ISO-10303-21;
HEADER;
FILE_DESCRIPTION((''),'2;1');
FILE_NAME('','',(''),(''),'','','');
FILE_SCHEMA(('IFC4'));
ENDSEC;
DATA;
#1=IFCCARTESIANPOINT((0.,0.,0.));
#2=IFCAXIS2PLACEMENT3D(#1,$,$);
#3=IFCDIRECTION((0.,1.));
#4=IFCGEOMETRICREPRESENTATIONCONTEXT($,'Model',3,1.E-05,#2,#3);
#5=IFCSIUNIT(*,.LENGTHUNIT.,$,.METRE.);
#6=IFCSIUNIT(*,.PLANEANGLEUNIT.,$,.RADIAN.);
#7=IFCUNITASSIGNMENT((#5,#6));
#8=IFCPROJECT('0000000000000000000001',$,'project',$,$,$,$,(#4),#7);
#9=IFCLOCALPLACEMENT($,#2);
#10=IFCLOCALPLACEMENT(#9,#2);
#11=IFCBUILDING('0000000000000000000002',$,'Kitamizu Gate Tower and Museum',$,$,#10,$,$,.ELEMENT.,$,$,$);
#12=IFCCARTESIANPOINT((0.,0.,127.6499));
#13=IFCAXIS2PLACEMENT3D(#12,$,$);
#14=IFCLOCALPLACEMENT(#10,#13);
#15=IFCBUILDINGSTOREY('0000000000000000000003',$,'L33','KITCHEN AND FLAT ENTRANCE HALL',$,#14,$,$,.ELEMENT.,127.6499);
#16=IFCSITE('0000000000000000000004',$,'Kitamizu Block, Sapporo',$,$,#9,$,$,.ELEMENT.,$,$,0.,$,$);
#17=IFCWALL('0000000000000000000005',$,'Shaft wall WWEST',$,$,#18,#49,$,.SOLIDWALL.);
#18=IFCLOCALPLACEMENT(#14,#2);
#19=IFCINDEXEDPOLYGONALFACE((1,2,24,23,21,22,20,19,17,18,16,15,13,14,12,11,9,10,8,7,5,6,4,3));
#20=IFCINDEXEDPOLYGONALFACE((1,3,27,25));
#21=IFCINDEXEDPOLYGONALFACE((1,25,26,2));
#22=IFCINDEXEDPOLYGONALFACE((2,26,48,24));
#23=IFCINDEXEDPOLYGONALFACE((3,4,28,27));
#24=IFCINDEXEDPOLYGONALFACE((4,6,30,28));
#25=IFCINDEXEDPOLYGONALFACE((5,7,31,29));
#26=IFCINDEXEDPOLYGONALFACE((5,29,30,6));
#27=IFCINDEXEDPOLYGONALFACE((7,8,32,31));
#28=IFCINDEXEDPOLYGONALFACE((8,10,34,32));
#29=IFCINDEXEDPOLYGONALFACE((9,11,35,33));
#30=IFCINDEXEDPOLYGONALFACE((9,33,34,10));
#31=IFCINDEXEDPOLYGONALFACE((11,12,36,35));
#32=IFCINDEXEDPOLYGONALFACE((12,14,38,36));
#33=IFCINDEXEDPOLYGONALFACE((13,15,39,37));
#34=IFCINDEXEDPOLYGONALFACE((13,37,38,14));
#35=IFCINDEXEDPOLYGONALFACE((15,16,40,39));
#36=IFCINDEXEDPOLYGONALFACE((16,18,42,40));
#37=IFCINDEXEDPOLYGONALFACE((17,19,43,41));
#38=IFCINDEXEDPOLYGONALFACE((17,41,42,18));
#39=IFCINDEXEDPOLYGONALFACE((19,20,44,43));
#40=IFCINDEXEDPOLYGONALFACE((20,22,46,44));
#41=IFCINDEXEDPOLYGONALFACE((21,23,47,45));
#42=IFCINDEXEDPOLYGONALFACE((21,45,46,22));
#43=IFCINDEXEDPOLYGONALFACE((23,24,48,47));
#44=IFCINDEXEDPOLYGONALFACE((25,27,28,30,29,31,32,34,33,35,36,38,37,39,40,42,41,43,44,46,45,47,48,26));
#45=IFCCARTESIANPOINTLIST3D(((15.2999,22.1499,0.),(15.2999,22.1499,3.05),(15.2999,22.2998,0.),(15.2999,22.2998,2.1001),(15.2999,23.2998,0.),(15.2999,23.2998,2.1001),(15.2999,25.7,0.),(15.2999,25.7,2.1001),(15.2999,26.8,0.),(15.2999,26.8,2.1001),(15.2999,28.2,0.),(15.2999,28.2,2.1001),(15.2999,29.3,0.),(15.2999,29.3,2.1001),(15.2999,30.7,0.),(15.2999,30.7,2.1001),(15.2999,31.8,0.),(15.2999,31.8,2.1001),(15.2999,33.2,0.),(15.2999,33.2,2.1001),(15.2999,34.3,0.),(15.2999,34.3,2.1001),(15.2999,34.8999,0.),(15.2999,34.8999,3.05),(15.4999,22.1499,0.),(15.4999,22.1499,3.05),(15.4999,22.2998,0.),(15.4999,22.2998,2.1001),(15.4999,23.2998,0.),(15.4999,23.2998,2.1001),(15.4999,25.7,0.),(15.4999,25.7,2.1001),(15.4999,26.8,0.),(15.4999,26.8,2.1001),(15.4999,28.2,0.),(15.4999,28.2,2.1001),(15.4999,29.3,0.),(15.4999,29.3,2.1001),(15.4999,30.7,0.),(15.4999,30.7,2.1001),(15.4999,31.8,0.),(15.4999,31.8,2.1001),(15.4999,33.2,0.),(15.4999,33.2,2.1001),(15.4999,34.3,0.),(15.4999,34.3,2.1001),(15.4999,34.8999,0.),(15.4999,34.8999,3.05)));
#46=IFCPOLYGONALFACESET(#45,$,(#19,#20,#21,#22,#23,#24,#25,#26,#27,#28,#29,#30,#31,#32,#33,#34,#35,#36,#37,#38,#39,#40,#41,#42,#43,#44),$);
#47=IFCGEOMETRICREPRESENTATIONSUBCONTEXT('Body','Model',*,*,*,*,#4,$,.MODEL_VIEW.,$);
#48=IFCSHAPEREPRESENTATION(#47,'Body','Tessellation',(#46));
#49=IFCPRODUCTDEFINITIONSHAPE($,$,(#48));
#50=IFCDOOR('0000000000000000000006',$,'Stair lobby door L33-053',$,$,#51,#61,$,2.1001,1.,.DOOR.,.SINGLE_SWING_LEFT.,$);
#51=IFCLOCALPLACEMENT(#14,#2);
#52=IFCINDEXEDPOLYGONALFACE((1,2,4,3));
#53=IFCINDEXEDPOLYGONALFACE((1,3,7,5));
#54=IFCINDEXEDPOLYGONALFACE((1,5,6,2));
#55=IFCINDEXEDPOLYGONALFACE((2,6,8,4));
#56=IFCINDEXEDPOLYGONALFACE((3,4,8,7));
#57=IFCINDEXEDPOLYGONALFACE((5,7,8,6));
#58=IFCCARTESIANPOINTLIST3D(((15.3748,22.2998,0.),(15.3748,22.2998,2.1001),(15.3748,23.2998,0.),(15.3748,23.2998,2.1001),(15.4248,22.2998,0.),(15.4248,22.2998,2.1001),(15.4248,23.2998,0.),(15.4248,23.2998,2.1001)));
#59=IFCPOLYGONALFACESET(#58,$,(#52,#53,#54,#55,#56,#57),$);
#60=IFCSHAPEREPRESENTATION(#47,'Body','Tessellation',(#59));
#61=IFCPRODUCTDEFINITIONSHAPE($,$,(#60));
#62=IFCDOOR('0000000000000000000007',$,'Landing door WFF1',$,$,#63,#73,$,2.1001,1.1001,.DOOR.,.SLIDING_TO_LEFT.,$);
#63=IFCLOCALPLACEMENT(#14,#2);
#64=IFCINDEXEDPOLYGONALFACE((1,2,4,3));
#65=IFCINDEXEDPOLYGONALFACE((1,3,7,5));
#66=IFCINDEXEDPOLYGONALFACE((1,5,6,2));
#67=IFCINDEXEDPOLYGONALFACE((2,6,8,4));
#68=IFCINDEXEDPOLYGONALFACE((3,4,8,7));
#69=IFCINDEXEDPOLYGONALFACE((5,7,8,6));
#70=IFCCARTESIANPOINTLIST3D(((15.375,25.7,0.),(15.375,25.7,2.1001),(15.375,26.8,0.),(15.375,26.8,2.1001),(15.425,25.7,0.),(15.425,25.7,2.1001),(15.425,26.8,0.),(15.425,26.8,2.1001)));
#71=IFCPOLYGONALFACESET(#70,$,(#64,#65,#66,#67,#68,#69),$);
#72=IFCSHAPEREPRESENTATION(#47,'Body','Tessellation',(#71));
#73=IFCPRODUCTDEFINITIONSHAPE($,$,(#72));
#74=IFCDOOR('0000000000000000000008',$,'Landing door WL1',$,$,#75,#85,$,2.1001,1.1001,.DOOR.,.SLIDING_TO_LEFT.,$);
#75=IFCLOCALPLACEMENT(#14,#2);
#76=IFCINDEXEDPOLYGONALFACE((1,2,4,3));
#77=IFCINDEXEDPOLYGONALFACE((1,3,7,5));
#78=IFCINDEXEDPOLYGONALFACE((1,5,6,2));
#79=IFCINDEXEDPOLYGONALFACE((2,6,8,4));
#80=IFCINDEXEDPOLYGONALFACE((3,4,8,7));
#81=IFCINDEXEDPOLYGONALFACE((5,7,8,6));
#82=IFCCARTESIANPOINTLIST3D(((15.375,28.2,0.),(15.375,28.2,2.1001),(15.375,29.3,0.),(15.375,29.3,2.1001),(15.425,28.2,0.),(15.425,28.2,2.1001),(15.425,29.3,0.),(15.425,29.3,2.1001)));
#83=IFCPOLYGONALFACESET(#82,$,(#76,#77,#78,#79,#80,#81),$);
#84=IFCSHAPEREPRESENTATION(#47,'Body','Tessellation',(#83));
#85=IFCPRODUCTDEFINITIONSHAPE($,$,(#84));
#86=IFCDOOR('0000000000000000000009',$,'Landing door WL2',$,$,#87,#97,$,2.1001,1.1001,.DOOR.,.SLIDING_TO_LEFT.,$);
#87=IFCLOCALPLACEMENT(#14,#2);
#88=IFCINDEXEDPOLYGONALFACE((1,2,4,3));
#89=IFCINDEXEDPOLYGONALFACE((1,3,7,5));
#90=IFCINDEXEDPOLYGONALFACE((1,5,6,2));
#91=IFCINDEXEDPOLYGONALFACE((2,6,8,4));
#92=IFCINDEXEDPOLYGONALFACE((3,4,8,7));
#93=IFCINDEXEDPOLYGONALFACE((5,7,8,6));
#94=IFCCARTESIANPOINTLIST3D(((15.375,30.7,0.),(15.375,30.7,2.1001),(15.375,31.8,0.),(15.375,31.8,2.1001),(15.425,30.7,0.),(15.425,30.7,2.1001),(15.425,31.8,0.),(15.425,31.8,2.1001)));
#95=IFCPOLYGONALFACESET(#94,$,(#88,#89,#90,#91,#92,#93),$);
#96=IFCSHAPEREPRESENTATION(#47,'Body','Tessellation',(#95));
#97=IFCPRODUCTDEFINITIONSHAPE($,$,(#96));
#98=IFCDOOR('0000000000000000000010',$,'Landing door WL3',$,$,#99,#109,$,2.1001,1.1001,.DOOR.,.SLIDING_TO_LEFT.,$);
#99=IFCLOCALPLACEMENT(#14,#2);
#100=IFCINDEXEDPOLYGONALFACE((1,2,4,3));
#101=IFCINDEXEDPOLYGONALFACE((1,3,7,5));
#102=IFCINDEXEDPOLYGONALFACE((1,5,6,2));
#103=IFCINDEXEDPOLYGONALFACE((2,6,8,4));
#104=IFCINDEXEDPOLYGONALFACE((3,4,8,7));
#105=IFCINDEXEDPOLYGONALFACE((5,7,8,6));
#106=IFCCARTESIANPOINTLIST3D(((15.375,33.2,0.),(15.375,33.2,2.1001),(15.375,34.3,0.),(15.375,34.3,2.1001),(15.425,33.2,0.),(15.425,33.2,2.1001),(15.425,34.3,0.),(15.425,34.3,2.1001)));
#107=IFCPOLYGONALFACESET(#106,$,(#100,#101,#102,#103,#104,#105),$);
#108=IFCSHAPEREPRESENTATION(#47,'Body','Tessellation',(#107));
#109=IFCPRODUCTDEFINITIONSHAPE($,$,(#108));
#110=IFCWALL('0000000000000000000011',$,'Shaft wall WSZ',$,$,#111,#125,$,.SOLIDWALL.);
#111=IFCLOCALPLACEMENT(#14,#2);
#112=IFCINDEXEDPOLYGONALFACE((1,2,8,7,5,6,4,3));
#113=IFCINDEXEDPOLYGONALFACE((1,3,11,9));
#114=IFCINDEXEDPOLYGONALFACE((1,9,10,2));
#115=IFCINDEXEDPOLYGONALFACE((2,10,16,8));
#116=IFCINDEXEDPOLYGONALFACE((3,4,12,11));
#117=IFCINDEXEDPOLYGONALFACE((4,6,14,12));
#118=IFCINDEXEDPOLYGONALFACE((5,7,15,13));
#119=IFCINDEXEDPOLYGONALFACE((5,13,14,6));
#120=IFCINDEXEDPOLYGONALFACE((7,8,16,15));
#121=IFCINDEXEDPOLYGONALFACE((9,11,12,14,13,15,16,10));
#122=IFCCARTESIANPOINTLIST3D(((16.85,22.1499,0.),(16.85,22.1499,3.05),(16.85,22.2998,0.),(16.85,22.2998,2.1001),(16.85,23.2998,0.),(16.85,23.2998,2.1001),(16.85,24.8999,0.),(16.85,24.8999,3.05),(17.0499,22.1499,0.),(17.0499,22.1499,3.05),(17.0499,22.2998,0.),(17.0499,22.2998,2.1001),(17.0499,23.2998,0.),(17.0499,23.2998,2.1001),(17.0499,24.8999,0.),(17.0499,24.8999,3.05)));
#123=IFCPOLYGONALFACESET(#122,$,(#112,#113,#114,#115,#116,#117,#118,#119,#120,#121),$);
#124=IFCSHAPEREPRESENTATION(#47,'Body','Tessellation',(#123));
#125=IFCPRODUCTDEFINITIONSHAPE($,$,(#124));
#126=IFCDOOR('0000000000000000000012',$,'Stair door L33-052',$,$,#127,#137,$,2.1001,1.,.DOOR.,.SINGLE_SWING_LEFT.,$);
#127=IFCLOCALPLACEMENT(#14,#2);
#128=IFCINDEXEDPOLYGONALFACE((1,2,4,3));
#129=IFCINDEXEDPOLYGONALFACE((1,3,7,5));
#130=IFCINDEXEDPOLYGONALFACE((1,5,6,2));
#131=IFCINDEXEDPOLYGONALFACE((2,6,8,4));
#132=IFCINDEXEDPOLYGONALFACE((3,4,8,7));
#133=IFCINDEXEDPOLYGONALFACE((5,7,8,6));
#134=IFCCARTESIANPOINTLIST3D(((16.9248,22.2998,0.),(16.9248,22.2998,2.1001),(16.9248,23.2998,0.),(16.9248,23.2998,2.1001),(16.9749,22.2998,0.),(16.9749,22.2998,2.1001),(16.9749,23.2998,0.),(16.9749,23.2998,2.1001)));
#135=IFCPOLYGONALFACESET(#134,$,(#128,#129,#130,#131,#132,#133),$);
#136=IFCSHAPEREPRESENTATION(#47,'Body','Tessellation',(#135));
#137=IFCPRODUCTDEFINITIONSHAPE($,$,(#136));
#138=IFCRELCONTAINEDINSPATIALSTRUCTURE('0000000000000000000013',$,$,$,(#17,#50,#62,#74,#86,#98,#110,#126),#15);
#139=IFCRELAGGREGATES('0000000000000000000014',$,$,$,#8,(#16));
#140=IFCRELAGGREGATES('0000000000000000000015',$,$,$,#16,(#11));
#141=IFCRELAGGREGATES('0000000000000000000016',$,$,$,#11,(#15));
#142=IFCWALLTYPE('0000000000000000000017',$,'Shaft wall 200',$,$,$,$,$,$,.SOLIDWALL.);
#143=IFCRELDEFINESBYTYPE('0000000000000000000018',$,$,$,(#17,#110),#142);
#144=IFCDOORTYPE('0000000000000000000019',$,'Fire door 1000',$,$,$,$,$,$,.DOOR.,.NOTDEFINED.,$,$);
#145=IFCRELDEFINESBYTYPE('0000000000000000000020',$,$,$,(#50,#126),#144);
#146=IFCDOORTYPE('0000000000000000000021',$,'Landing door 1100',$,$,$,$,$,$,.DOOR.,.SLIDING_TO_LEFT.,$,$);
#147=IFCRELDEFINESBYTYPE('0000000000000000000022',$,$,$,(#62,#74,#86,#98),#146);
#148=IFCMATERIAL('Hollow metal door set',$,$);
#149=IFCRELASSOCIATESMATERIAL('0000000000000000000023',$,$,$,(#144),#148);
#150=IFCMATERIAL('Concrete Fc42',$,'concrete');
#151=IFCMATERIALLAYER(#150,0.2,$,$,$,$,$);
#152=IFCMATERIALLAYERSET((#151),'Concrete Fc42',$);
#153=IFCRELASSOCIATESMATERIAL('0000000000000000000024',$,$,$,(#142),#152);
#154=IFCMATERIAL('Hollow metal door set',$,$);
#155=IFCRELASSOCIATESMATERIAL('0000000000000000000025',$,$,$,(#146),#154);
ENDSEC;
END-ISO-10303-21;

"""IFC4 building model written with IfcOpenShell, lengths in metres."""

from ifc_helpers import new_model, si_unit, direction, frame, frame_2d, origin, place, context, subcontext, project, spatial, rectangle, extrude, material, layer, layer_set, type_object, element, fill, save


model = new_model("IFC4")

# Units and contexts
model_context = context("Model", 3, precision=1e-05, world=origin(), true_north=direction((0.0, 1.0)))
body_context = subcontext(model_context, "Body", "Model", "MODEL_VIEW")
ifc_project = project(units=[si_unit("LENGTHUNIT", "METRE"), si_unit("PLANEANGLEUNIT", "RADIAN")], contexts=[model_context])

# Site, building, storey
site_placement = place(None, origin())
site = spatial("IfcSite", under=ifc_project, at=site_placement, Name="Kitamizu Block, Sapporo", CompositionType="ELEMENT", RefElevation=0.0)
building_placement = place(site_placement, origin())
building = spatial("IfcBuilding", under=site, at=building_placement, Name="Kitamizu Gate Tower and Museum", CompositionType="ELEMENT")
storey_placement = place(building_placement, frame((0.0, 0.0, 127.6499)))
storey = spatial("IfcBuildingStorey", under=building, at=storey_placement, Name="L33", Description="KITCHEN AND FLAT ENTRANCE HALL", CompositionType="ELEMENT", Elevation=127.6499)

# Shared definitions
ifc_material_1 = material(Name="Hollow metal door set")
door_type_1 = type_object("IfcDoorType", Name="Fire door 1000", OperationType="NOTDEFINED", PredefinedType="DOOR", material=ifc_material_1)

# Wall, openings, doors
ifc_material_2 = material(Name="Concrete Fc42", Category="concrete")
ifc_layer_1 = layer(ifc_material_2, 0.2)
ifc_layer_set_1 = layer_set([ifc_layer_1], Name="Concrete Fc42")
wall_type_1 = type_object("IfcWallType", Name="Shaft wall 200", PredefinedType="SOLIDWALL", material=ifc_layer_set_1)
wall_1_placement = place(storey_placement, frame((15.3999, 22.1499, 0.0), z_axis=(0.0, 0.0, 1.0), x_axis=(0.0, 1.0, 0.0)))
wall_1 = element("IfcWall", 1, at=wall_1_placement, inside=storey, type_object=wall_type_1, Name="Shaft wall WWEST", PredefinedType="SOLIDWALL", context=body_context, shape_type="SweptSolid", body=[
    extrude(rectangle(XDim=12.75, YDim=0.2, at=frame_2d((6.375, 0.0))), origin(), (0.0, 0.0, 1.0), 3.05),
])
opening_1_placement = place(wall_1_placement, frame((3.55, 0.0, 0.0)))
opening_1 = element("IfcOpeningElement", 2, at=opening_1_placement, cuts=wall_1, PredefinedType="OPENING", context=body_context, shape_type="SweptSolid", body=[
    extrude(rectangle(XDim=1.1001, YDim=2.1001, at=frame_2d((0.55, 1.05))), frame((0.0, 0.1099, 0.0), z_axis=(0.0, -1.0, 0.0), x_axis=(1.0, 0.0, 0.0)), (0.0, 0.0, 1.0), 0.22),
])
opening_2_placement = place(wall_1_placement, frame((6.05, 0.0, 0.0)))
opening_2 = element("IfcOpeningElement", 3, at=opening_2_placement, cuts=wall_1, PredefinedType="OPENING", context=body_context, shape_type="SweptSolid", body=[
    extrude(rectangle(XDim=1.1001, YDim=2.1001, at=frame_2d((0.55, 1.05))), frame((0.0, 0.1099, 0.0), z_axis=(0.0, -1.0, 0.0), x_axis=(1.0, 0.0, 0.0)), (0.0, 0.0, 1.0), 0.22),
])
opening_3_placement = place(wall_1_placement, frame((8.55, 0.0, 0.0)))
opening_3 = element("IfcOpeningElement", 4, at=opening_3_placement, cuts=wall_1, PredefinedType="OPENING", context=body_context, shape_type="SweptSolid", body=[
    extrude(rectangle(XDim=1.1001, YDim=2.1001, at=frame_2d((0.55, 1.05))), frame((0.0, 0.1099, 0.0), z_axis=(0.0, -1.0, 0.0), x_axis=(1.0, 0.0, 0.0)), (0.0, 0.0, 1.0), 0.22),
])
opening_4_placement = place(wall_1_placement, frame((11.05, 0.0, 0.0)))
opening_4 = element("IfcOpeningElement", 5, at=opening_4_placement, cuts=wall_1, PredefinedType="OPENING", context=body_context, shape_type="SweptSolid", body=[
    extrude(rectangle(XDim=1.1001, YDim=2.1001, at=frame_2d((0.55, 1.05))), frame((0.0, 0.1099, 0.0), z_axis=(0.0, -1.0, 0.0), x_axis=(1.0, 0.0, 0.0)), (0.0, 0.0, 1.0), 0.22),
])
opening_5_placement = place(wall_1_placement, frame((0.1499, 0.0, 0.0)))
opening_5 = element("IfcOpeningElement", 6, at=opening_5_placement, cuts=wall_1, PredefinedType="OPENING", context=body_context, shape_type="SweptSolid", body=[
    extrude(rectangle(XDim=1.0, YDim=2.1001, at=frame_2d((0.5, 1.05))), frame((0.0, 0.1099, 0.0), z_axis=(0.0, -1.0, 0.0), x_axis=(1.0, 0.0, 0.0)), (0.0, 0.0, 1.0), 0.22),
])
door_1_placement = place(opening_5_placement, frame((1.0, 0.0, 0.0), x_axis=(-1.0, 0.0, 0.0)))
door_1 = element("IfcDoor", 7, at=door_1_placement, inside=storey, type_object=door_type_1, Name="Stair lobby door L33-053", OperationType="SINGLE_SWING_LEFT", OverallHeight=2.1001, OverallWidth=1.0, PredefinedType="DOOR", context=body_context, shape_type="SweptSolid", body=[
    extrude(rectangle(XDim=1.0, YDim=2.1001, at=frame_2d((0.5, 1.05))), frame((0.0, 0.0249, 0.0), z_axis=(0.0, -1.0, 0.0), x_axis=(1.0, 0.0, 0.0)), (0.0, 0.0, 1.0), 0.05),
])
fill(opening_5, door_1)
ifc_material_3 = material(Name="Hollow metal door set")
door_type_2 = type_object("IfcDoorType", Name="Landing door 1100", OperationType="SLIDING_TO_LEFT", PredefinedType="DOOR", material=ifc_material_3)
door_2_placement = place(opening_1_placement, origin())
door_2 = element("IfcDoor", 8, at=door_2_placement, inside=storey, type_object=door_type_2, Name="Landing door WFF1", OperationType="SLIDING_TO_LEFT", OverallHeight=2.1001, OverallWidth=1.1001, PredefinedType="DOOR", context=body_context, shape_type="SweptSolid", body=[
    extrude(rectangle(XDim=1.1001, YDim=2.1001, at=frame_2d((0.55, 1.05))), frame((0.0, 0.0249, 0.0), z_axis=(0.0, -1.0, 0.0), x_axis=(1.0, 0.0, 0.0)), (0.0, 0.0, 1.0), 0.05),
])
fill(opening_1, door_2)
door_3_placement = place(opening_2_placement, origin())
door_3 = element("IfcDoor", 9, at=door_3_placement, inside=storey, type_object=door_type_2, Name="Landing door WL1", OperationType="SLIDING_TO_LEFT", OverallHeight=2.1001, OverallWidth=1.1001, PredefinedType="DOOR", context=body_context, shape_type="SweptSolid", body=[
    extrude(rectangle(XDim=1.1001, YDim=2.1001, at=frame_2d((0.55, 1.05))), frame((0.0, 0.0249, 0.0), z_axis=(0.0, -1.0, 0.0), x_axis=(1.0, 0.0, 0.0)), (0.0, 0.0, 1.0), 0.05),
])
fill(opening_2, door_3)
door_4_placement = place(opening_3_placement, origin())
door_4 = element("IfcDoor", 10, at=door_4_placement, inside=storey, type_object=door_type_2, Name="Landing door WL2", OperationType="SLIDING_TO_LEFT", OverallHeight=2.1001, OverallWidth=1.1001, PredefinedType="DOOR", context=body_context, shape_type="SweptSolid", body=[
    extrude(rectangle(XDim=1.1001, YDim=2.1001, at=frame_2d((0.55, 1.05))), frame((0.0, 0.0249, 0.0), z_axis=(0.0, -1.0, 0.0), x_axis=(1.0, 0.0, 0.0)), (0.0, 0.0, 1.0), 0.05),
])
fill(opening_3, door_4)
door_5_placement = place(opening_4_placement, origin())
door_5 = element("IfcDoor", 11, at=door_5_placement, inside=storey, type_object=door_type_2, Name="Landing door WL3", OperationType="SLIDING_TO_LEFT", OverallHeight=2.1001, OverallWidth=1.1001, PredefinedType="DOOR", context=body_context, shape_type="SweptSolid", body=[
    extrude(rectangle(XDim=1.1001, YDim=2.1001, at=frame_2d((0.55, 1.05))), frame((0.0, 0.0249, 0.0), z_axis=(0.0, -1.0, 0.0), x_axis=(1.0, 0.0, 0.0)), (0.0, 0.0, 1.0), 0.05),
])
fill(opening_4, door_5)

# Wall, opening, door
wall_2_placement = place(storey_placement, frame((16.95, 22.1499, 0.0), z_axis=(0.0, 0.0, 1.0), x_axis=(0.0, 1.0, 0.0)))
wall_2 = element("IfcWall", 12, at=wall_2_placement, inside=storey, type_object=wall_type_1, Name="Shaft wall WSZ", PredefinedType="SOLIDWALL", context=body_context, shape_type="SweptSolid", body=[
    extrude(rectangle(XDim=2.75, YDim=0.2, at=frame_2d((1.375, 0.0))), origin(), (0.0, 0.0, 1.0), 3.05),
])
opening_6_placement = place(wall_2_placement, frame((0.1499, 0.0, 0.0)))
opening_6 = element("IfcOpeningElement", 13, at=opening_6_placement, cuts=wall_2, PredefinedType="OPENING", context=body_context, shape_type="SweptSolid", body=[
    extrude(rectangle(XDim=1.0, YDim=2.1001, at=frame_2d((0.5, 1.05))), frame((0.0, 0.1099, 0.0), z_axis=(0.0, -1.0, 0.0), x_axis=(1.0, 0.0, 0.0)), (0.0, 0.0, 1.0), 0.22),
])
door_6_placement = place(opening_6_placement, frame((1.0, 0.0, 0.0), x_axis=(-1.0, 0.0, 0.0)))
door_6 = element("IfcDoor", 14, at=door_6_placement, inside=storey, type_object=door_type_1, Name="Stair door L33-052", OperationType="SINGLE_SWING_LEFT", OverallHeight=2.1001, OverallWidth=1.0, PredefinedType="DOOR", context=body_context, shape_type="SweptSolid", body=[
    extrude(rectangle(XDim=1.0, YDim=2.1001, at=frame_2d((0.5, 1.05))), frame((0.0, 0.0249, 0.0), z_axis=(0.0, -1.0, 0.0), x_axis=(1.0, 0.0, 0.0)), (0.0, 0.0, 1.0), 0.05),
])
fill(opening_6, door_6)

save(model, "model.ifc")
